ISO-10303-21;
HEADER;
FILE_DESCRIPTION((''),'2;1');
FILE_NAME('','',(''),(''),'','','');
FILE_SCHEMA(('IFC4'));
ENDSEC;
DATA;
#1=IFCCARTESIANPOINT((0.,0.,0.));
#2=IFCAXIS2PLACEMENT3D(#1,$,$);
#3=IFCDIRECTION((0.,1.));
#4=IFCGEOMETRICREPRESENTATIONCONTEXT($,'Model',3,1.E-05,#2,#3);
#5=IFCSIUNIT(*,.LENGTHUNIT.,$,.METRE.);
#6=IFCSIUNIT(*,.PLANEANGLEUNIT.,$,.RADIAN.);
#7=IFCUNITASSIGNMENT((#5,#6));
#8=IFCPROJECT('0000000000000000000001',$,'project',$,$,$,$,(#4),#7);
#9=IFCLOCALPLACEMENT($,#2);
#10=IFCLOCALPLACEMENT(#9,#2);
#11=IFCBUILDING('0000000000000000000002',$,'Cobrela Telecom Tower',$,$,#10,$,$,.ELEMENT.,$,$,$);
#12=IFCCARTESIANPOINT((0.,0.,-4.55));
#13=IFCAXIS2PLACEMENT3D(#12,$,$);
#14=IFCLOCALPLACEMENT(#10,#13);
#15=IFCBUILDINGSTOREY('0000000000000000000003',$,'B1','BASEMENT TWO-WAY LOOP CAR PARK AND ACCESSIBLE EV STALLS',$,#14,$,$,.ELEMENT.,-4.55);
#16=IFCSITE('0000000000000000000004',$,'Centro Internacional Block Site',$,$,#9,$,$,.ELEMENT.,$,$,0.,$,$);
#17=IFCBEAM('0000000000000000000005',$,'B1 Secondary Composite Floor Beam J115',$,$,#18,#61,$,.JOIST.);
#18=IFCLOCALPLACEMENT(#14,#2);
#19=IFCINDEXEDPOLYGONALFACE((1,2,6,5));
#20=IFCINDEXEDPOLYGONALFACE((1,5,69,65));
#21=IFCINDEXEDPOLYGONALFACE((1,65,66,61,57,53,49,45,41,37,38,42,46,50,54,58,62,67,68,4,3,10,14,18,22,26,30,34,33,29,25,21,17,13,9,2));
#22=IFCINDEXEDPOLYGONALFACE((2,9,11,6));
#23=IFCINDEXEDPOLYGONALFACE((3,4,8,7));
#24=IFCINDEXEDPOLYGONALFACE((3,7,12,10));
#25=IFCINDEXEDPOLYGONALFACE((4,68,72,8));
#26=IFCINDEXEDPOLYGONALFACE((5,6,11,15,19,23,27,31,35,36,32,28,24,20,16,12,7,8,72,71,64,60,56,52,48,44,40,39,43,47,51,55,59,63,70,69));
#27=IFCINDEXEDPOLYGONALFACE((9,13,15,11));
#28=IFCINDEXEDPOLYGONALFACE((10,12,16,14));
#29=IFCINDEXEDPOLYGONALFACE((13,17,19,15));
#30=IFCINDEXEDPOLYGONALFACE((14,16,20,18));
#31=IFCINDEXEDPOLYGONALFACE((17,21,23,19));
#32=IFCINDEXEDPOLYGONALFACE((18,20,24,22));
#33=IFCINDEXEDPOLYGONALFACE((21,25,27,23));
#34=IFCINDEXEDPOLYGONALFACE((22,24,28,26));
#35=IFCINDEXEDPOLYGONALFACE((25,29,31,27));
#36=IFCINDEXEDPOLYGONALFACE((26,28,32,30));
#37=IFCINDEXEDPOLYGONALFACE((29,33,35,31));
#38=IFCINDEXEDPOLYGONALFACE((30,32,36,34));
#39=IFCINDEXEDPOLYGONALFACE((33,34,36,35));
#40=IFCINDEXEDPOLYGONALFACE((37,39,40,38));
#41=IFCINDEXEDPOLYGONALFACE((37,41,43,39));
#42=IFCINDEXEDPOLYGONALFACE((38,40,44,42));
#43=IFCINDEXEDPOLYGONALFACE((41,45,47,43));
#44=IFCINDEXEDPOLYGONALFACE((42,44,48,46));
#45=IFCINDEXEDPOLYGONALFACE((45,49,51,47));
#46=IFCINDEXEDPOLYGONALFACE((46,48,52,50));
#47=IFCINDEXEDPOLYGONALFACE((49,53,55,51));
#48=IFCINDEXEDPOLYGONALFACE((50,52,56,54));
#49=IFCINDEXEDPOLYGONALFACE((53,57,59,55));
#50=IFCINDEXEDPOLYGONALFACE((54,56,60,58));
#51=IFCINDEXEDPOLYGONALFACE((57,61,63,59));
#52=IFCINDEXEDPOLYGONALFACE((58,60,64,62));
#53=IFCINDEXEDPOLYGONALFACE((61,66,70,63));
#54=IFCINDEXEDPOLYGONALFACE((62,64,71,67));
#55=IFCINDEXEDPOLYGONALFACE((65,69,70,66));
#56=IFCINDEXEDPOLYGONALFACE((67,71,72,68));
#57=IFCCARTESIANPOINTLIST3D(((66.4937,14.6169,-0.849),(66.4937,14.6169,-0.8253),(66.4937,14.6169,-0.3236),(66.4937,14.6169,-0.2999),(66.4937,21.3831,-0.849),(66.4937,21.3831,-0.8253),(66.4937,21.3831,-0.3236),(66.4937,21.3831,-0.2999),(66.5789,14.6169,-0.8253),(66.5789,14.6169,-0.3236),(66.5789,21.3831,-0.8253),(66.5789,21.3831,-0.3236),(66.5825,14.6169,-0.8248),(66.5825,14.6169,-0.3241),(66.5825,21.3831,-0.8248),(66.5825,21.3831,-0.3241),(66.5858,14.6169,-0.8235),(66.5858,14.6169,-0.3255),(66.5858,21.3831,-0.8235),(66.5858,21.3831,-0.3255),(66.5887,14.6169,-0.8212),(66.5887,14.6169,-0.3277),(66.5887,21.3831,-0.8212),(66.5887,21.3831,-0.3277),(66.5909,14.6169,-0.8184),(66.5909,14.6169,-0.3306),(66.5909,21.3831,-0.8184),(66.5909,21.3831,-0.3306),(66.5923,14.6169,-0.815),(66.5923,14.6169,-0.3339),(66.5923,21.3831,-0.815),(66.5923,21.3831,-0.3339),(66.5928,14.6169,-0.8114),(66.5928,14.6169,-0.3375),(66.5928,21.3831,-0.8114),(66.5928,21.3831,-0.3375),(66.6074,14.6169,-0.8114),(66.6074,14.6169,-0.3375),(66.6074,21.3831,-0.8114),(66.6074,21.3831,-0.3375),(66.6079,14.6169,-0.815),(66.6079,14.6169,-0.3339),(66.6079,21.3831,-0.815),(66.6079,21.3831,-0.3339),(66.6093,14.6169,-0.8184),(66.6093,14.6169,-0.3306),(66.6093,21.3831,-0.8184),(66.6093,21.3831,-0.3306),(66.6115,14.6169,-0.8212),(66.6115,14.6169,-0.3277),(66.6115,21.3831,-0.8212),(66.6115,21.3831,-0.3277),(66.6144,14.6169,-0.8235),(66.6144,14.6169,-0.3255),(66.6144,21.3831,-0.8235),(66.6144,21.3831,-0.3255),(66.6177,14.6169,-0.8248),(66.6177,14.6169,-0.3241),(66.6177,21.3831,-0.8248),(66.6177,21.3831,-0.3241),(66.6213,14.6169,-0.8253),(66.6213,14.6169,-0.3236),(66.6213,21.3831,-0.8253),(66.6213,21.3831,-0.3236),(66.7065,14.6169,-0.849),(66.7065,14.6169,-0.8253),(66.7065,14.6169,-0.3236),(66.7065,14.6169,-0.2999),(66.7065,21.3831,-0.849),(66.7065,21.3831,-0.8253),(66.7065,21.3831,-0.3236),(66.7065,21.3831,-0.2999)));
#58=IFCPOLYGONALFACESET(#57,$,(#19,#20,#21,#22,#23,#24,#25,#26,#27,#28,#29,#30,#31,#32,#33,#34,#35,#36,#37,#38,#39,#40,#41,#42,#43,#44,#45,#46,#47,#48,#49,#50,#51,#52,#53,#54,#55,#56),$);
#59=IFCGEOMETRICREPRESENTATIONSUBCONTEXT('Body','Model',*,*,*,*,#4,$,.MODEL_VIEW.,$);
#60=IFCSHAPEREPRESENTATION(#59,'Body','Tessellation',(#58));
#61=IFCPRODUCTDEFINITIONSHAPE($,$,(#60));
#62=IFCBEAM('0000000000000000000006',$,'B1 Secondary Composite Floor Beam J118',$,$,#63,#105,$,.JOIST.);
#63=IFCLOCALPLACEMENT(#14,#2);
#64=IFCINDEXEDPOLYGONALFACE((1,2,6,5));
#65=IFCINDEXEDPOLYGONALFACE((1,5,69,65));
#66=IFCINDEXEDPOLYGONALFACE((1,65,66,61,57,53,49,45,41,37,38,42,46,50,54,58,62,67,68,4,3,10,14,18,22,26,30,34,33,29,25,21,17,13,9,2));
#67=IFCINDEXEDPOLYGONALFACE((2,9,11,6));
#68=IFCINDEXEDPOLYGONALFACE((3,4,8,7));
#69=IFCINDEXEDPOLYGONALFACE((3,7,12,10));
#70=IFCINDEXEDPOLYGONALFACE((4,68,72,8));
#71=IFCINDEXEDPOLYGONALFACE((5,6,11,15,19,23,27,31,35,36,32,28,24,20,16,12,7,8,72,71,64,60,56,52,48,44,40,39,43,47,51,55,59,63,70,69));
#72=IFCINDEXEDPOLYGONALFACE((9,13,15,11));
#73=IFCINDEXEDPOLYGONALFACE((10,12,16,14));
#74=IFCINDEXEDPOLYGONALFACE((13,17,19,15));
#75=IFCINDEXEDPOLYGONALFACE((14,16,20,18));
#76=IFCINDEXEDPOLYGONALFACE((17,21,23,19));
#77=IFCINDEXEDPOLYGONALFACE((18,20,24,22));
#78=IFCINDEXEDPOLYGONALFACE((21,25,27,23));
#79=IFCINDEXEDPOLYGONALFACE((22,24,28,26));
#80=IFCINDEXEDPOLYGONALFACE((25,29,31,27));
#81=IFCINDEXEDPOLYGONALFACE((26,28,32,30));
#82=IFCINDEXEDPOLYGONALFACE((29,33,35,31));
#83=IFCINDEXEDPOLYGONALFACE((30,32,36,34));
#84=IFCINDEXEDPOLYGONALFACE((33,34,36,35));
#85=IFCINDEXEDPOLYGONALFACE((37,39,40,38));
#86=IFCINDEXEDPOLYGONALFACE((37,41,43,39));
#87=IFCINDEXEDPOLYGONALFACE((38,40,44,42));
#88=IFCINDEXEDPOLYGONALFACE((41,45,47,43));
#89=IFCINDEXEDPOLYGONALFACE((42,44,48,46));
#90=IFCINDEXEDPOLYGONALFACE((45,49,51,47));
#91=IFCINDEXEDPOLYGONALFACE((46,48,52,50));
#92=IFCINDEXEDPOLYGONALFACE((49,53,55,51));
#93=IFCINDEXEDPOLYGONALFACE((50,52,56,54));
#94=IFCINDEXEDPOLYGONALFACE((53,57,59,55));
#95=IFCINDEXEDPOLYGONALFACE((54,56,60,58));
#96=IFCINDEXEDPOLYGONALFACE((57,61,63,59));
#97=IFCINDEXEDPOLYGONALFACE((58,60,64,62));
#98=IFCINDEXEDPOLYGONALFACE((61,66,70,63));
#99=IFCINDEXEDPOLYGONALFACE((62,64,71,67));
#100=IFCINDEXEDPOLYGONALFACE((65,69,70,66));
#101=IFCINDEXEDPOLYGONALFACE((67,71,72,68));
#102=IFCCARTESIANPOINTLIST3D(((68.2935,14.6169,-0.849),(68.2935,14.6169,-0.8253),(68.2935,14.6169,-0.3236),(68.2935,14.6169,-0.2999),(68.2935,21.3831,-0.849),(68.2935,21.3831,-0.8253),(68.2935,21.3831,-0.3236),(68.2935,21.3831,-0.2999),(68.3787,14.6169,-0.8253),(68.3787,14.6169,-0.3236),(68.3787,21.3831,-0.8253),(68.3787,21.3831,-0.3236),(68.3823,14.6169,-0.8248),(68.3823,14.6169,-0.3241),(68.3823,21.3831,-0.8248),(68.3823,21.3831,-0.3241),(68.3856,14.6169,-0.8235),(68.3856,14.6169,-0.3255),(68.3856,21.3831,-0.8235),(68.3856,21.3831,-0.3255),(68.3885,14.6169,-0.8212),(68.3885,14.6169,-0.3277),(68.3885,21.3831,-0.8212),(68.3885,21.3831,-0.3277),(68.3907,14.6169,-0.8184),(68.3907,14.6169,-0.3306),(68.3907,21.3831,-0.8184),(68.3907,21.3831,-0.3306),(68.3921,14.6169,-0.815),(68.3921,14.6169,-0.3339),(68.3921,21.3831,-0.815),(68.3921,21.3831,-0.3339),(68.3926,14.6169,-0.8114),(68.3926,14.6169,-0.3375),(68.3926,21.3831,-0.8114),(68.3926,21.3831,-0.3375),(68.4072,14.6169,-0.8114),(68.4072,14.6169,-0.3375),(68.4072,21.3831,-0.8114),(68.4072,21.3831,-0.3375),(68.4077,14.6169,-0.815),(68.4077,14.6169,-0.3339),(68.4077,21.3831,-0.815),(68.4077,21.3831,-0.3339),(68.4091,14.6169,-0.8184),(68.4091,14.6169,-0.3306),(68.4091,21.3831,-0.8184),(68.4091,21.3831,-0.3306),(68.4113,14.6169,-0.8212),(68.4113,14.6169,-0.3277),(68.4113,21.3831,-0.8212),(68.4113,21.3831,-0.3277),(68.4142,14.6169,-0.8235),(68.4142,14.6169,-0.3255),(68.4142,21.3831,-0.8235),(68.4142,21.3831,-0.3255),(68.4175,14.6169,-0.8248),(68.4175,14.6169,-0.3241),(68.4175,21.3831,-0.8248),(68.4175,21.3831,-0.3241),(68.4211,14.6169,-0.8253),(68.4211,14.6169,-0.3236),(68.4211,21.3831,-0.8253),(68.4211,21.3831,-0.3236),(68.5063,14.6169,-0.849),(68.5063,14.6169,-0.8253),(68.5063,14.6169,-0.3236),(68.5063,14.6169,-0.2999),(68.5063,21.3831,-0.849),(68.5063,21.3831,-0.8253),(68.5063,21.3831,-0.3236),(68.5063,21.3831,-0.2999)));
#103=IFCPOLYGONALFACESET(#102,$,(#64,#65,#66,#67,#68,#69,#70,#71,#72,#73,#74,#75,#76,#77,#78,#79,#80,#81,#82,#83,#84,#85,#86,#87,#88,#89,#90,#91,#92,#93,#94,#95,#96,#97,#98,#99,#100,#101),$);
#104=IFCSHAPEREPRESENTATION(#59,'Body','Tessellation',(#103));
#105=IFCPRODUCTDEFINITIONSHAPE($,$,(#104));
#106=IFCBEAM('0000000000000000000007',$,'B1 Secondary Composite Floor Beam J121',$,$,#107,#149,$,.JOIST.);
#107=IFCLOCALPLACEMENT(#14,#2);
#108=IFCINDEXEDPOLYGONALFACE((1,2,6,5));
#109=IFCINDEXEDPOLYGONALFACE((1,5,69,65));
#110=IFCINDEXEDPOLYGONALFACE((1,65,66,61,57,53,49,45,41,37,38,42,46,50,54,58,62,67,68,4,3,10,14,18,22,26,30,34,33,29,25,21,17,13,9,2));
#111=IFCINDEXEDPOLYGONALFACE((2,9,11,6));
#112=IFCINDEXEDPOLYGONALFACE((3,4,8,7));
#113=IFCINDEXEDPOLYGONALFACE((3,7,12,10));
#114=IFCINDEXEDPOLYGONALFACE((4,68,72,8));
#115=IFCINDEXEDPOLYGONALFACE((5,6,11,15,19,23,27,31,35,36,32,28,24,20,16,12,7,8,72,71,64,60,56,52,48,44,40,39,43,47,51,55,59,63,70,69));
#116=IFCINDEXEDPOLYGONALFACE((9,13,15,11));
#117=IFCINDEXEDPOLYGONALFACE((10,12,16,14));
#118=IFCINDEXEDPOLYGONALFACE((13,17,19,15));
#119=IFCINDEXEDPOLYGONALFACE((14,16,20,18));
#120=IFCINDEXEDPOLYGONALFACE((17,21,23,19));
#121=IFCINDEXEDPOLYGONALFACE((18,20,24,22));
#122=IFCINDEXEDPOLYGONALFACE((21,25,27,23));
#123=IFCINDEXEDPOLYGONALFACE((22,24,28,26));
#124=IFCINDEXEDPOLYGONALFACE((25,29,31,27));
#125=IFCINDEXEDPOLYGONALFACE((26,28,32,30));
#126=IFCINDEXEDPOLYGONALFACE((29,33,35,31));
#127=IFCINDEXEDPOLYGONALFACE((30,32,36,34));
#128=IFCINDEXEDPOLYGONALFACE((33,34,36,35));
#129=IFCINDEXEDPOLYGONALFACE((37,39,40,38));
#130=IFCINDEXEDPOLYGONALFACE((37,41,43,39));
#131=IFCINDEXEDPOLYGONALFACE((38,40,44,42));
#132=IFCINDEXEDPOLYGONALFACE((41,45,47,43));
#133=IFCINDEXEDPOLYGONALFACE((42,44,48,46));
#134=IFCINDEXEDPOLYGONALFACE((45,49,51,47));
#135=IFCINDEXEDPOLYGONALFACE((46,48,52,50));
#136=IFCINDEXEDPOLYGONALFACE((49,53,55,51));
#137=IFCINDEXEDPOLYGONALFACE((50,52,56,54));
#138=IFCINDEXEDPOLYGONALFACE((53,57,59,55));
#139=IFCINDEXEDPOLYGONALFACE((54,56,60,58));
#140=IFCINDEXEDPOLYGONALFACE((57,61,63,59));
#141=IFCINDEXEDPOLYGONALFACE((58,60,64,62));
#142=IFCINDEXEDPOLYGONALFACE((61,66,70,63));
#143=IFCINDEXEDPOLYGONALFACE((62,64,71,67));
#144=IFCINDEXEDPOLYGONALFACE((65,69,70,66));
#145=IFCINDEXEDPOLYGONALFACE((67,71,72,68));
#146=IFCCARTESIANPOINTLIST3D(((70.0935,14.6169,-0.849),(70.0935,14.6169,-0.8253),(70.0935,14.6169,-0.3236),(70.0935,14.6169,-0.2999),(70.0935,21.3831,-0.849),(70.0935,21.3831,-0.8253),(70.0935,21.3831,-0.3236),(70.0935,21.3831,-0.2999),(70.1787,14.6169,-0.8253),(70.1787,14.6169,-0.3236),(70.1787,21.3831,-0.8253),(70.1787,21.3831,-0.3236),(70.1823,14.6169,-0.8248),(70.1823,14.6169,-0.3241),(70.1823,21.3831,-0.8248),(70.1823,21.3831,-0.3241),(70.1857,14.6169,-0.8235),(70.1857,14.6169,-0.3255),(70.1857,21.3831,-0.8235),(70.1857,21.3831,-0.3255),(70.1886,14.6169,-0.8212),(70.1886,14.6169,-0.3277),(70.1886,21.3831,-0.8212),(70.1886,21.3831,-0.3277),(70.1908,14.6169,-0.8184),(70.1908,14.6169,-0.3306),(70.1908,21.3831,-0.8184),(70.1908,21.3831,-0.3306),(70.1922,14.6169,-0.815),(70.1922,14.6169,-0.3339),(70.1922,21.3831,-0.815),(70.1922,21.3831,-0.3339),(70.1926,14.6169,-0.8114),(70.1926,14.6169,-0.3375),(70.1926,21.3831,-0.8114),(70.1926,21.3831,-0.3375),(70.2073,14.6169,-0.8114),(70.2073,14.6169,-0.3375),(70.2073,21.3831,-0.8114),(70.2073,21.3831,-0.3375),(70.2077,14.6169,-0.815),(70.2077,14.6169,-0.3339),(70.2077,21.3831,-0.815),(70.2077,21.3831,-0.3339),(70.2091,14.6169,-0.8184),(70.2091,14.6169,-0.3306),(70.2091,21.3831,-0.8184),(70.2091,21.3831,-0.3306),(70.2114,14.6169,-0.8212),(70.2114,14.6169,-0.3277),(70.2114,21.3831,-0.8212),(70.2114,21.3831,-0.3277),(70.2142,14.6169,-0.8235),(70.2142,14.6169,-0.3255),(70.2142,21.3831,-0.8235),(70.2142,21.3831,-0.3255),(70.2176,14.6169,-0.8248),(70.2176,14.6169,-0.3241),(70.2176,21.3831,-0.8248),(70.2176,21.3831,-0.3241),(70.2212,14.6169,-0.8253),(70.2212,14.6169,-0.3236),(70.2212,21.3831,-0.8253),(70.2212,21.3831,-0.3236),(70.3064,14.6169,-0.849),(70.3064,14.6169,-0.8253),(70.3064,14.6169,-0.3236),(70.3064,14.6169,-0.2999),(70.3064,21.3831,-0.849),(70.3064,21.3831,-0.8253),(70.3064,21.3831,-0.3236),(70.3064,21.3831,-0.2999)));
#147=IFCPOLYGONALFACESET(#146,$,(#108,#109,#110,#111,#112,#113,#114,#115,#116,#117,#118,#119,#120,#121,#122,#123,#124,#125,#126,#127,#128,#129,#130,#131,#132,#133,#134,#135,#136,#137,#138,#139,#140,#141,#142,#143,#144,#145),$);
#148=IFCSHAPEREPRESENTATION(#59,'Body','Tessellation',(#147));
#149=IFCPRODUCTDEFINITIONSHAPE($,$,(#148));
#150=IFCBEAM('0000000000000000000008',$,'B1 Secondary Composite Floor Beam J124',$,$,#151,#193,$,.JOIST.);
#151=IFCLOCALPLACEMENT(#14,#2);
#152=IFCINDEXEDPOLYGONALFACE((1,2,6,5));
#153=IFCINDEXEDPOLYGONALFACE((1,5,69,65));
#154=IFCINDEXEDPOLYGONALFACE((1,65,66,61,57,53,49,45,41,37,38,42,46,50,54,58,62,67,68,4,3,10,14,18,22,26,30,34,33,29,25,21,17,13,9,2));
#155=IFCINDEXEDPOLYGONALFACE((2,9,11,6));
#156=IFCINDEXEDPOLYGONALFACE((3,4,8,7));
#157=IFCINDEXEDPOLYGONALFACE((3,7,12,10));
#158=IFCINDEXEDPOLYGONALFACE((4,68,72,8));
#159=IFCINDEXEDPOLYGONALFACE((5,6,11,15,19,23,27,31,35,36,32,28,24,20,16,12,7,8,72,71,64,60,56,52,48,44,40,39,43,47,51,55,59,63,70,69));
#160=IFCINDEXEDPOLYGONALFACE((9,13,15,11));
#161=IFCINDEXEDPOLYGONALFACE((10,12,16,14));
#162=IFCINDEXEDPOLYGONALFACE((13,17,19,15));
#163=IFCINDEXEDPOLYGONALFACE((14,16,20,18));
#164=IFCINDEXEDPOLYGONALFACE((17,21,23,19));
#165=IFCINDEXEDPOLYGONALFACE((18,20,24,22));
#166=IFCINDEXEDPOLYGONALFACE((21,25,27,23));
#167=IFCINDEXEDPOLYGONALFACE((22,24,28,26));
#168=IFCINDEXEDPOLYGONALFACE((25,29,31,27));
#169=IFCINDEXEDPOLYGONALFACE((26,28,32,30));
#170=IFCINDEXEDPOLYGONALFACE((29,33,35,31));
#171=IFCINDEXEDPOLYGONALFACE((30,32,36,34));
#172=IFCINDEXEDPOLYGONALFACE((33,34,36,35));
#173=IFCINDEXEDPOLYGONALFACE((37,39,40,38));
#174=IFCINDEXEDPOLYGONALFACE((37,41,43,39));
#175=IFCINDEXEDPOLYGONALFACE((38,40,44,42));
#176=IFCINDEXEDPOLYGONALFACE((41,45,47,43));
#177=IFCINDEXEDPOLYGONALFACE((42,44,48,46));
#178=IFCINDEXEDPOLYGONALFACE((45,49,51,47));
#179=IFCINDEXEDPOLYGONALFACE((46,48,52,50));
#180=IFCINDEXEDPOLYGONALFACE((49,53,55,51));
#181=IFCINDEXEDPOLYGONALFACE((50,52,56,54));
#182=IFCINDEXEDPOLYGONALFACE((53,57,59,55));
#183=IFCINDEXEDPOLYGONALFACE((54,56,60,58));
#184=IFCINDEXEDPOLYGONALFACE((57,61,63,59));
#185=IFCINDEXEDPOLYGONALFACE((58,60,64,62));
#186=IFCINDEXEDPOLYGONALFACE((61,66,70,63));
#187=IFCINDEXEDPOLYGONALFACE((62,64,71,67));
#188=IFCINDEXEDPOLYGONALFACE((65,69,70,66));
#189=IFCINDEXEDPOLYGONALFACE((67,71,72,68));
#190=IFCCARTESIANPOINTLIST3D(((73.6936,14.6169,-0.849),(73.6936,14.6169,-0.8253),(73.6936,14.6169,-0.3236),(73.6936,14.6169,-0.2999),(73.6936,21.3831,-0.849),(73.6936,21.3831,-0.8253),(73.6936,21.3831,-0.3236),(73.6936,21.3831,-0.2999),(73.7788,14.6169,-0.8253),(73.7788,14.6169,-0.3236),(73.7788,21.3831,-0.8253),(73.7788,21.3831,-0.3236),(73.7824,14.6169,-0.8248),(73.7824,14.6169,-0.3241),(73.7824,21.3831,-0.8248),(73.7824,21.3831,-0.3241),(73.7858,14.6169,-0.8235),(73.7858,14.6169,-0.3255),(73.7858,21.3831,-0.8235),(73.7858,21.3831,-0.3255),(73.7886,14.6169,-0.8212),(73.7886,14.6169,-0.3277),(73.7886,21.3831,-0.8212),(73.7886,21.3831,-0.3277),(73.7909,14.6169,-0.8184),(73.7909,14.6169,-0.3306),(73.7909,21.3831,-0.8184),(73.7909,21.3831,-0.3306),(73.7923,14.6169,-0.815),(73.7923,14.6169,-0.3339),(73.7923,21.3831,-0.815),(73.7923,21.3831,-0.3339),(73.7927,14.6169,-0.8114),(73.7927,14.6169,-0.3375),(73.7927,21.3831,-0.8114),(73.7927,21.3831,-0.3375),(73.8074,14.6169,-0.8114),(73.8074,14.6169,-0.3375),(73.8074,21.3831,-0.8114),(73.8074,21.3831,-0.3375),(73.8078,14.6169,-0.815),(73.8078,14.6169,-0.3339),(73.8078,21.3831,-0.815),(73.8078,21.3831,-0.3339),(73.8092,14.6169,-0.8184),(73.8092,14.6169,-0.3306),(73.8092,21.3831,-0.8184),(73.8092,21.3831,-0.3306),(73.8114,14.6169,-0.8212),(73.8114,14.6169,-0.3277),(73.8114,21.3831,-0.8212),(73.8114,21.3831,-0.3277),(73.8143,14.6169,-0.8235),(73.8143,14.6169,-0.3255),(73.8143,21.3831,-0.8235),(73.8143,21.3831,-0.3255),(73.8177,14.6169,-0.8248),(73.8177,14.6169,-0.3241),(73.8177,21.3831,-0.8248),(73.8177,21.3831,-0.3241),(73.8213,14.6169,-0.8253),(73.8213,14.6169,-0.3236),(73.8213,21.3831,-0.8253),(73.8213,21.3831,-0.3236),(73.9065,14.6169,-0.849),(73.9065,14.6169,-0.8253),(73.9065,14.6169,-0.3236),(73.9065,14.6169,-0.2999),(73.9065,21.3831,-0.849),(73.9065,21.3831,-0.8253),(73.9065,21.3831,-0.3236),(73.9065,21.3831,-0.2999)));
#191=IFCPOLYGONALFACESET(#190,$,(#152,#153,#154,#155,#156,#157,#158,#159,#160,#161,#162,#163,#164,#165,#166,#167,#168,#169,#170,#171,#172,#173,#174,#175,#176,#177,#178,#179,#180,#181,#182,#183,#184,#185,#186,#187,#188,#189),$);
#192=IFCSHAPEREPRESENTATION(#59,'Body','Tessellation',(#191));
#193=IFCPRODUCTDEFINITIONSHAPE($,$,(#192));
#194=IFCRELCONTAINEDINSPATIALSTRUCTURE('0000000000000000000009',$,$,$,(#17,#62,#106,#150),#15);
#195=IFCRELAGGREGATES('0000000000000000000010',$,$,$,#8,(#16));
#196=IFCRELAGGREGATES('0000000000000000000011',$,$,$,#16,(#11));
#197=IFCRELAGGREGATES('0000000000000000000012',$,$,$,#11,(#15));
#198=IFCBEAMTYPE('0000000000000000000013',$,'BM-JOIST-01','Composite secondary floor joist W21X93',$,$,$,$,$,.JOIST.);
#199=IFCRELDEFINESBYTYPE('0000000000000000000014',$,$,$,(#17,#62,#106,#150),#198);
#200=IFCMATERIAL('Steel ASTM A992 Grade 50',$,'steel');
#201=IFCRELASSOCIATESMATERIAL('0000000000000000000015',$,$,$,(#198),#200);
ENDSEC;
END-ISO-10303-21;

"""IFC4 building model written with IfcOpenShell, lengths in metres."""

from ifc_helpers import new_model, si_unit, direction, frame, origin, origin_2d, place, context, subcontext, project, spatial, i_section, extrude, material, material_profile, profile_set, type_object, element, save


model = new_model("IFC4")

# Units and contexts
model_context = context("Model", 3, precision=1e-05, world=origin(), true_north=direction((0.0, 1.0)))
body_context = subcontext(model_context, "Body", "Model", "MODEL_VIEW")
ifc_project = project(units=[si_unit("LENGTHUNIT", "METRE"), si_unit("PLANEANGLEUNIT", "RADIAN")], contexts=[model_context])

# Site, building, storey
site_placement = place(None, origin())
site = spatial("IfcSite", under=ifc_project, at=site_placement, Name="Centro Internacional Block Site", CompositionType="ELEMENT", RefElevation=0.0)
building_placement = place(site_placement, origin())
building = spatial("IfcBuilding", under=site, at=building_placement, Name="Cobrela Telecom Tower", CompositionType="ELEMENT")
storey_placement = place(building_placement, frame((0.0, 0.0, -4.55)))
storey = spatial("IfcBuildingStorey", under=building, at=storey_placement, Name="B1", Description="BASEMENT TWO-WAY LOOP CAR PARK AND ACCESSIBLE EV STALLS", CompositionType="ELEMENT", Elevation=-4.55)

# Beams
ifc_material_1 = material(Name="Steel ASTM A992 Grade 50", Category="steel")
ifc_material_profile_1 = material_profile(ifc_material_1, i_section(OverallWidth=0.2129, OverallDepth=0.5491, WebThickness=0.0146, FlangeThickness=0.0237, FilletRadius=0.0139, at=origin_2d()), Name="W21X93")
ifc_profile_set_1 = profile_set([ifc_material_profile_1], Name="Steel ASTM A992 Grade 50")
beam_type_1 = type_object("IfcBeamType", Name="BM-JOIST-01", Description="Composite secondary floor joist W21X93", PredefinedType="JOIST", material=ifc_profile_set_1)
for number, where, z_axis, x_axis, name in (
    (1, (66.6001, 14.6169, -0.5745), (0.0, 1.0, 0.0), (-1.0, 0.0, 0.0), "B1 Secondary Composite Floor Beam J115"),
    (2, (68.3999, 14.6169, -0.5745), (0.0, 1.0, 0.0), (-1.0, 0.0, 0.0), "B1 Secondary Composite Floor Beam J118"),
    (3, (70.2, 14.6169, -0.5745), (0.0, 1.0, 0.0), (-1.0, 0.0, 0.0), "B1 Secondary Composite Floor Beam J121"),
    (4, (73.8, 14.6169, -0.5745), (0.0, 1.0, 0.0), (-1.0, 0.0, 0.0), "B1 Secondary Composite Floor Beam J124"),
):
    element("IfcBeam", number, at=place(storey_placement, frame(where, z_axis=z_axis, x_axis=x_axis)), inside=storey, type_object=beam_type_1, Name=name, PredefinedType="JOIST", context=body_context, shape_type="SweptSolid", body=[
        extrude(i_section(OverallWidth=0.2129, OverallDepth=0.5491, WebThickness=0.0146, FlangeThickness=0.0237, FilletRadius=0.0139, at=origin_2d()), origin(), (0.0, 0.0, 1.0), 6.7661),
    ])

save(model, "model.ifc")
